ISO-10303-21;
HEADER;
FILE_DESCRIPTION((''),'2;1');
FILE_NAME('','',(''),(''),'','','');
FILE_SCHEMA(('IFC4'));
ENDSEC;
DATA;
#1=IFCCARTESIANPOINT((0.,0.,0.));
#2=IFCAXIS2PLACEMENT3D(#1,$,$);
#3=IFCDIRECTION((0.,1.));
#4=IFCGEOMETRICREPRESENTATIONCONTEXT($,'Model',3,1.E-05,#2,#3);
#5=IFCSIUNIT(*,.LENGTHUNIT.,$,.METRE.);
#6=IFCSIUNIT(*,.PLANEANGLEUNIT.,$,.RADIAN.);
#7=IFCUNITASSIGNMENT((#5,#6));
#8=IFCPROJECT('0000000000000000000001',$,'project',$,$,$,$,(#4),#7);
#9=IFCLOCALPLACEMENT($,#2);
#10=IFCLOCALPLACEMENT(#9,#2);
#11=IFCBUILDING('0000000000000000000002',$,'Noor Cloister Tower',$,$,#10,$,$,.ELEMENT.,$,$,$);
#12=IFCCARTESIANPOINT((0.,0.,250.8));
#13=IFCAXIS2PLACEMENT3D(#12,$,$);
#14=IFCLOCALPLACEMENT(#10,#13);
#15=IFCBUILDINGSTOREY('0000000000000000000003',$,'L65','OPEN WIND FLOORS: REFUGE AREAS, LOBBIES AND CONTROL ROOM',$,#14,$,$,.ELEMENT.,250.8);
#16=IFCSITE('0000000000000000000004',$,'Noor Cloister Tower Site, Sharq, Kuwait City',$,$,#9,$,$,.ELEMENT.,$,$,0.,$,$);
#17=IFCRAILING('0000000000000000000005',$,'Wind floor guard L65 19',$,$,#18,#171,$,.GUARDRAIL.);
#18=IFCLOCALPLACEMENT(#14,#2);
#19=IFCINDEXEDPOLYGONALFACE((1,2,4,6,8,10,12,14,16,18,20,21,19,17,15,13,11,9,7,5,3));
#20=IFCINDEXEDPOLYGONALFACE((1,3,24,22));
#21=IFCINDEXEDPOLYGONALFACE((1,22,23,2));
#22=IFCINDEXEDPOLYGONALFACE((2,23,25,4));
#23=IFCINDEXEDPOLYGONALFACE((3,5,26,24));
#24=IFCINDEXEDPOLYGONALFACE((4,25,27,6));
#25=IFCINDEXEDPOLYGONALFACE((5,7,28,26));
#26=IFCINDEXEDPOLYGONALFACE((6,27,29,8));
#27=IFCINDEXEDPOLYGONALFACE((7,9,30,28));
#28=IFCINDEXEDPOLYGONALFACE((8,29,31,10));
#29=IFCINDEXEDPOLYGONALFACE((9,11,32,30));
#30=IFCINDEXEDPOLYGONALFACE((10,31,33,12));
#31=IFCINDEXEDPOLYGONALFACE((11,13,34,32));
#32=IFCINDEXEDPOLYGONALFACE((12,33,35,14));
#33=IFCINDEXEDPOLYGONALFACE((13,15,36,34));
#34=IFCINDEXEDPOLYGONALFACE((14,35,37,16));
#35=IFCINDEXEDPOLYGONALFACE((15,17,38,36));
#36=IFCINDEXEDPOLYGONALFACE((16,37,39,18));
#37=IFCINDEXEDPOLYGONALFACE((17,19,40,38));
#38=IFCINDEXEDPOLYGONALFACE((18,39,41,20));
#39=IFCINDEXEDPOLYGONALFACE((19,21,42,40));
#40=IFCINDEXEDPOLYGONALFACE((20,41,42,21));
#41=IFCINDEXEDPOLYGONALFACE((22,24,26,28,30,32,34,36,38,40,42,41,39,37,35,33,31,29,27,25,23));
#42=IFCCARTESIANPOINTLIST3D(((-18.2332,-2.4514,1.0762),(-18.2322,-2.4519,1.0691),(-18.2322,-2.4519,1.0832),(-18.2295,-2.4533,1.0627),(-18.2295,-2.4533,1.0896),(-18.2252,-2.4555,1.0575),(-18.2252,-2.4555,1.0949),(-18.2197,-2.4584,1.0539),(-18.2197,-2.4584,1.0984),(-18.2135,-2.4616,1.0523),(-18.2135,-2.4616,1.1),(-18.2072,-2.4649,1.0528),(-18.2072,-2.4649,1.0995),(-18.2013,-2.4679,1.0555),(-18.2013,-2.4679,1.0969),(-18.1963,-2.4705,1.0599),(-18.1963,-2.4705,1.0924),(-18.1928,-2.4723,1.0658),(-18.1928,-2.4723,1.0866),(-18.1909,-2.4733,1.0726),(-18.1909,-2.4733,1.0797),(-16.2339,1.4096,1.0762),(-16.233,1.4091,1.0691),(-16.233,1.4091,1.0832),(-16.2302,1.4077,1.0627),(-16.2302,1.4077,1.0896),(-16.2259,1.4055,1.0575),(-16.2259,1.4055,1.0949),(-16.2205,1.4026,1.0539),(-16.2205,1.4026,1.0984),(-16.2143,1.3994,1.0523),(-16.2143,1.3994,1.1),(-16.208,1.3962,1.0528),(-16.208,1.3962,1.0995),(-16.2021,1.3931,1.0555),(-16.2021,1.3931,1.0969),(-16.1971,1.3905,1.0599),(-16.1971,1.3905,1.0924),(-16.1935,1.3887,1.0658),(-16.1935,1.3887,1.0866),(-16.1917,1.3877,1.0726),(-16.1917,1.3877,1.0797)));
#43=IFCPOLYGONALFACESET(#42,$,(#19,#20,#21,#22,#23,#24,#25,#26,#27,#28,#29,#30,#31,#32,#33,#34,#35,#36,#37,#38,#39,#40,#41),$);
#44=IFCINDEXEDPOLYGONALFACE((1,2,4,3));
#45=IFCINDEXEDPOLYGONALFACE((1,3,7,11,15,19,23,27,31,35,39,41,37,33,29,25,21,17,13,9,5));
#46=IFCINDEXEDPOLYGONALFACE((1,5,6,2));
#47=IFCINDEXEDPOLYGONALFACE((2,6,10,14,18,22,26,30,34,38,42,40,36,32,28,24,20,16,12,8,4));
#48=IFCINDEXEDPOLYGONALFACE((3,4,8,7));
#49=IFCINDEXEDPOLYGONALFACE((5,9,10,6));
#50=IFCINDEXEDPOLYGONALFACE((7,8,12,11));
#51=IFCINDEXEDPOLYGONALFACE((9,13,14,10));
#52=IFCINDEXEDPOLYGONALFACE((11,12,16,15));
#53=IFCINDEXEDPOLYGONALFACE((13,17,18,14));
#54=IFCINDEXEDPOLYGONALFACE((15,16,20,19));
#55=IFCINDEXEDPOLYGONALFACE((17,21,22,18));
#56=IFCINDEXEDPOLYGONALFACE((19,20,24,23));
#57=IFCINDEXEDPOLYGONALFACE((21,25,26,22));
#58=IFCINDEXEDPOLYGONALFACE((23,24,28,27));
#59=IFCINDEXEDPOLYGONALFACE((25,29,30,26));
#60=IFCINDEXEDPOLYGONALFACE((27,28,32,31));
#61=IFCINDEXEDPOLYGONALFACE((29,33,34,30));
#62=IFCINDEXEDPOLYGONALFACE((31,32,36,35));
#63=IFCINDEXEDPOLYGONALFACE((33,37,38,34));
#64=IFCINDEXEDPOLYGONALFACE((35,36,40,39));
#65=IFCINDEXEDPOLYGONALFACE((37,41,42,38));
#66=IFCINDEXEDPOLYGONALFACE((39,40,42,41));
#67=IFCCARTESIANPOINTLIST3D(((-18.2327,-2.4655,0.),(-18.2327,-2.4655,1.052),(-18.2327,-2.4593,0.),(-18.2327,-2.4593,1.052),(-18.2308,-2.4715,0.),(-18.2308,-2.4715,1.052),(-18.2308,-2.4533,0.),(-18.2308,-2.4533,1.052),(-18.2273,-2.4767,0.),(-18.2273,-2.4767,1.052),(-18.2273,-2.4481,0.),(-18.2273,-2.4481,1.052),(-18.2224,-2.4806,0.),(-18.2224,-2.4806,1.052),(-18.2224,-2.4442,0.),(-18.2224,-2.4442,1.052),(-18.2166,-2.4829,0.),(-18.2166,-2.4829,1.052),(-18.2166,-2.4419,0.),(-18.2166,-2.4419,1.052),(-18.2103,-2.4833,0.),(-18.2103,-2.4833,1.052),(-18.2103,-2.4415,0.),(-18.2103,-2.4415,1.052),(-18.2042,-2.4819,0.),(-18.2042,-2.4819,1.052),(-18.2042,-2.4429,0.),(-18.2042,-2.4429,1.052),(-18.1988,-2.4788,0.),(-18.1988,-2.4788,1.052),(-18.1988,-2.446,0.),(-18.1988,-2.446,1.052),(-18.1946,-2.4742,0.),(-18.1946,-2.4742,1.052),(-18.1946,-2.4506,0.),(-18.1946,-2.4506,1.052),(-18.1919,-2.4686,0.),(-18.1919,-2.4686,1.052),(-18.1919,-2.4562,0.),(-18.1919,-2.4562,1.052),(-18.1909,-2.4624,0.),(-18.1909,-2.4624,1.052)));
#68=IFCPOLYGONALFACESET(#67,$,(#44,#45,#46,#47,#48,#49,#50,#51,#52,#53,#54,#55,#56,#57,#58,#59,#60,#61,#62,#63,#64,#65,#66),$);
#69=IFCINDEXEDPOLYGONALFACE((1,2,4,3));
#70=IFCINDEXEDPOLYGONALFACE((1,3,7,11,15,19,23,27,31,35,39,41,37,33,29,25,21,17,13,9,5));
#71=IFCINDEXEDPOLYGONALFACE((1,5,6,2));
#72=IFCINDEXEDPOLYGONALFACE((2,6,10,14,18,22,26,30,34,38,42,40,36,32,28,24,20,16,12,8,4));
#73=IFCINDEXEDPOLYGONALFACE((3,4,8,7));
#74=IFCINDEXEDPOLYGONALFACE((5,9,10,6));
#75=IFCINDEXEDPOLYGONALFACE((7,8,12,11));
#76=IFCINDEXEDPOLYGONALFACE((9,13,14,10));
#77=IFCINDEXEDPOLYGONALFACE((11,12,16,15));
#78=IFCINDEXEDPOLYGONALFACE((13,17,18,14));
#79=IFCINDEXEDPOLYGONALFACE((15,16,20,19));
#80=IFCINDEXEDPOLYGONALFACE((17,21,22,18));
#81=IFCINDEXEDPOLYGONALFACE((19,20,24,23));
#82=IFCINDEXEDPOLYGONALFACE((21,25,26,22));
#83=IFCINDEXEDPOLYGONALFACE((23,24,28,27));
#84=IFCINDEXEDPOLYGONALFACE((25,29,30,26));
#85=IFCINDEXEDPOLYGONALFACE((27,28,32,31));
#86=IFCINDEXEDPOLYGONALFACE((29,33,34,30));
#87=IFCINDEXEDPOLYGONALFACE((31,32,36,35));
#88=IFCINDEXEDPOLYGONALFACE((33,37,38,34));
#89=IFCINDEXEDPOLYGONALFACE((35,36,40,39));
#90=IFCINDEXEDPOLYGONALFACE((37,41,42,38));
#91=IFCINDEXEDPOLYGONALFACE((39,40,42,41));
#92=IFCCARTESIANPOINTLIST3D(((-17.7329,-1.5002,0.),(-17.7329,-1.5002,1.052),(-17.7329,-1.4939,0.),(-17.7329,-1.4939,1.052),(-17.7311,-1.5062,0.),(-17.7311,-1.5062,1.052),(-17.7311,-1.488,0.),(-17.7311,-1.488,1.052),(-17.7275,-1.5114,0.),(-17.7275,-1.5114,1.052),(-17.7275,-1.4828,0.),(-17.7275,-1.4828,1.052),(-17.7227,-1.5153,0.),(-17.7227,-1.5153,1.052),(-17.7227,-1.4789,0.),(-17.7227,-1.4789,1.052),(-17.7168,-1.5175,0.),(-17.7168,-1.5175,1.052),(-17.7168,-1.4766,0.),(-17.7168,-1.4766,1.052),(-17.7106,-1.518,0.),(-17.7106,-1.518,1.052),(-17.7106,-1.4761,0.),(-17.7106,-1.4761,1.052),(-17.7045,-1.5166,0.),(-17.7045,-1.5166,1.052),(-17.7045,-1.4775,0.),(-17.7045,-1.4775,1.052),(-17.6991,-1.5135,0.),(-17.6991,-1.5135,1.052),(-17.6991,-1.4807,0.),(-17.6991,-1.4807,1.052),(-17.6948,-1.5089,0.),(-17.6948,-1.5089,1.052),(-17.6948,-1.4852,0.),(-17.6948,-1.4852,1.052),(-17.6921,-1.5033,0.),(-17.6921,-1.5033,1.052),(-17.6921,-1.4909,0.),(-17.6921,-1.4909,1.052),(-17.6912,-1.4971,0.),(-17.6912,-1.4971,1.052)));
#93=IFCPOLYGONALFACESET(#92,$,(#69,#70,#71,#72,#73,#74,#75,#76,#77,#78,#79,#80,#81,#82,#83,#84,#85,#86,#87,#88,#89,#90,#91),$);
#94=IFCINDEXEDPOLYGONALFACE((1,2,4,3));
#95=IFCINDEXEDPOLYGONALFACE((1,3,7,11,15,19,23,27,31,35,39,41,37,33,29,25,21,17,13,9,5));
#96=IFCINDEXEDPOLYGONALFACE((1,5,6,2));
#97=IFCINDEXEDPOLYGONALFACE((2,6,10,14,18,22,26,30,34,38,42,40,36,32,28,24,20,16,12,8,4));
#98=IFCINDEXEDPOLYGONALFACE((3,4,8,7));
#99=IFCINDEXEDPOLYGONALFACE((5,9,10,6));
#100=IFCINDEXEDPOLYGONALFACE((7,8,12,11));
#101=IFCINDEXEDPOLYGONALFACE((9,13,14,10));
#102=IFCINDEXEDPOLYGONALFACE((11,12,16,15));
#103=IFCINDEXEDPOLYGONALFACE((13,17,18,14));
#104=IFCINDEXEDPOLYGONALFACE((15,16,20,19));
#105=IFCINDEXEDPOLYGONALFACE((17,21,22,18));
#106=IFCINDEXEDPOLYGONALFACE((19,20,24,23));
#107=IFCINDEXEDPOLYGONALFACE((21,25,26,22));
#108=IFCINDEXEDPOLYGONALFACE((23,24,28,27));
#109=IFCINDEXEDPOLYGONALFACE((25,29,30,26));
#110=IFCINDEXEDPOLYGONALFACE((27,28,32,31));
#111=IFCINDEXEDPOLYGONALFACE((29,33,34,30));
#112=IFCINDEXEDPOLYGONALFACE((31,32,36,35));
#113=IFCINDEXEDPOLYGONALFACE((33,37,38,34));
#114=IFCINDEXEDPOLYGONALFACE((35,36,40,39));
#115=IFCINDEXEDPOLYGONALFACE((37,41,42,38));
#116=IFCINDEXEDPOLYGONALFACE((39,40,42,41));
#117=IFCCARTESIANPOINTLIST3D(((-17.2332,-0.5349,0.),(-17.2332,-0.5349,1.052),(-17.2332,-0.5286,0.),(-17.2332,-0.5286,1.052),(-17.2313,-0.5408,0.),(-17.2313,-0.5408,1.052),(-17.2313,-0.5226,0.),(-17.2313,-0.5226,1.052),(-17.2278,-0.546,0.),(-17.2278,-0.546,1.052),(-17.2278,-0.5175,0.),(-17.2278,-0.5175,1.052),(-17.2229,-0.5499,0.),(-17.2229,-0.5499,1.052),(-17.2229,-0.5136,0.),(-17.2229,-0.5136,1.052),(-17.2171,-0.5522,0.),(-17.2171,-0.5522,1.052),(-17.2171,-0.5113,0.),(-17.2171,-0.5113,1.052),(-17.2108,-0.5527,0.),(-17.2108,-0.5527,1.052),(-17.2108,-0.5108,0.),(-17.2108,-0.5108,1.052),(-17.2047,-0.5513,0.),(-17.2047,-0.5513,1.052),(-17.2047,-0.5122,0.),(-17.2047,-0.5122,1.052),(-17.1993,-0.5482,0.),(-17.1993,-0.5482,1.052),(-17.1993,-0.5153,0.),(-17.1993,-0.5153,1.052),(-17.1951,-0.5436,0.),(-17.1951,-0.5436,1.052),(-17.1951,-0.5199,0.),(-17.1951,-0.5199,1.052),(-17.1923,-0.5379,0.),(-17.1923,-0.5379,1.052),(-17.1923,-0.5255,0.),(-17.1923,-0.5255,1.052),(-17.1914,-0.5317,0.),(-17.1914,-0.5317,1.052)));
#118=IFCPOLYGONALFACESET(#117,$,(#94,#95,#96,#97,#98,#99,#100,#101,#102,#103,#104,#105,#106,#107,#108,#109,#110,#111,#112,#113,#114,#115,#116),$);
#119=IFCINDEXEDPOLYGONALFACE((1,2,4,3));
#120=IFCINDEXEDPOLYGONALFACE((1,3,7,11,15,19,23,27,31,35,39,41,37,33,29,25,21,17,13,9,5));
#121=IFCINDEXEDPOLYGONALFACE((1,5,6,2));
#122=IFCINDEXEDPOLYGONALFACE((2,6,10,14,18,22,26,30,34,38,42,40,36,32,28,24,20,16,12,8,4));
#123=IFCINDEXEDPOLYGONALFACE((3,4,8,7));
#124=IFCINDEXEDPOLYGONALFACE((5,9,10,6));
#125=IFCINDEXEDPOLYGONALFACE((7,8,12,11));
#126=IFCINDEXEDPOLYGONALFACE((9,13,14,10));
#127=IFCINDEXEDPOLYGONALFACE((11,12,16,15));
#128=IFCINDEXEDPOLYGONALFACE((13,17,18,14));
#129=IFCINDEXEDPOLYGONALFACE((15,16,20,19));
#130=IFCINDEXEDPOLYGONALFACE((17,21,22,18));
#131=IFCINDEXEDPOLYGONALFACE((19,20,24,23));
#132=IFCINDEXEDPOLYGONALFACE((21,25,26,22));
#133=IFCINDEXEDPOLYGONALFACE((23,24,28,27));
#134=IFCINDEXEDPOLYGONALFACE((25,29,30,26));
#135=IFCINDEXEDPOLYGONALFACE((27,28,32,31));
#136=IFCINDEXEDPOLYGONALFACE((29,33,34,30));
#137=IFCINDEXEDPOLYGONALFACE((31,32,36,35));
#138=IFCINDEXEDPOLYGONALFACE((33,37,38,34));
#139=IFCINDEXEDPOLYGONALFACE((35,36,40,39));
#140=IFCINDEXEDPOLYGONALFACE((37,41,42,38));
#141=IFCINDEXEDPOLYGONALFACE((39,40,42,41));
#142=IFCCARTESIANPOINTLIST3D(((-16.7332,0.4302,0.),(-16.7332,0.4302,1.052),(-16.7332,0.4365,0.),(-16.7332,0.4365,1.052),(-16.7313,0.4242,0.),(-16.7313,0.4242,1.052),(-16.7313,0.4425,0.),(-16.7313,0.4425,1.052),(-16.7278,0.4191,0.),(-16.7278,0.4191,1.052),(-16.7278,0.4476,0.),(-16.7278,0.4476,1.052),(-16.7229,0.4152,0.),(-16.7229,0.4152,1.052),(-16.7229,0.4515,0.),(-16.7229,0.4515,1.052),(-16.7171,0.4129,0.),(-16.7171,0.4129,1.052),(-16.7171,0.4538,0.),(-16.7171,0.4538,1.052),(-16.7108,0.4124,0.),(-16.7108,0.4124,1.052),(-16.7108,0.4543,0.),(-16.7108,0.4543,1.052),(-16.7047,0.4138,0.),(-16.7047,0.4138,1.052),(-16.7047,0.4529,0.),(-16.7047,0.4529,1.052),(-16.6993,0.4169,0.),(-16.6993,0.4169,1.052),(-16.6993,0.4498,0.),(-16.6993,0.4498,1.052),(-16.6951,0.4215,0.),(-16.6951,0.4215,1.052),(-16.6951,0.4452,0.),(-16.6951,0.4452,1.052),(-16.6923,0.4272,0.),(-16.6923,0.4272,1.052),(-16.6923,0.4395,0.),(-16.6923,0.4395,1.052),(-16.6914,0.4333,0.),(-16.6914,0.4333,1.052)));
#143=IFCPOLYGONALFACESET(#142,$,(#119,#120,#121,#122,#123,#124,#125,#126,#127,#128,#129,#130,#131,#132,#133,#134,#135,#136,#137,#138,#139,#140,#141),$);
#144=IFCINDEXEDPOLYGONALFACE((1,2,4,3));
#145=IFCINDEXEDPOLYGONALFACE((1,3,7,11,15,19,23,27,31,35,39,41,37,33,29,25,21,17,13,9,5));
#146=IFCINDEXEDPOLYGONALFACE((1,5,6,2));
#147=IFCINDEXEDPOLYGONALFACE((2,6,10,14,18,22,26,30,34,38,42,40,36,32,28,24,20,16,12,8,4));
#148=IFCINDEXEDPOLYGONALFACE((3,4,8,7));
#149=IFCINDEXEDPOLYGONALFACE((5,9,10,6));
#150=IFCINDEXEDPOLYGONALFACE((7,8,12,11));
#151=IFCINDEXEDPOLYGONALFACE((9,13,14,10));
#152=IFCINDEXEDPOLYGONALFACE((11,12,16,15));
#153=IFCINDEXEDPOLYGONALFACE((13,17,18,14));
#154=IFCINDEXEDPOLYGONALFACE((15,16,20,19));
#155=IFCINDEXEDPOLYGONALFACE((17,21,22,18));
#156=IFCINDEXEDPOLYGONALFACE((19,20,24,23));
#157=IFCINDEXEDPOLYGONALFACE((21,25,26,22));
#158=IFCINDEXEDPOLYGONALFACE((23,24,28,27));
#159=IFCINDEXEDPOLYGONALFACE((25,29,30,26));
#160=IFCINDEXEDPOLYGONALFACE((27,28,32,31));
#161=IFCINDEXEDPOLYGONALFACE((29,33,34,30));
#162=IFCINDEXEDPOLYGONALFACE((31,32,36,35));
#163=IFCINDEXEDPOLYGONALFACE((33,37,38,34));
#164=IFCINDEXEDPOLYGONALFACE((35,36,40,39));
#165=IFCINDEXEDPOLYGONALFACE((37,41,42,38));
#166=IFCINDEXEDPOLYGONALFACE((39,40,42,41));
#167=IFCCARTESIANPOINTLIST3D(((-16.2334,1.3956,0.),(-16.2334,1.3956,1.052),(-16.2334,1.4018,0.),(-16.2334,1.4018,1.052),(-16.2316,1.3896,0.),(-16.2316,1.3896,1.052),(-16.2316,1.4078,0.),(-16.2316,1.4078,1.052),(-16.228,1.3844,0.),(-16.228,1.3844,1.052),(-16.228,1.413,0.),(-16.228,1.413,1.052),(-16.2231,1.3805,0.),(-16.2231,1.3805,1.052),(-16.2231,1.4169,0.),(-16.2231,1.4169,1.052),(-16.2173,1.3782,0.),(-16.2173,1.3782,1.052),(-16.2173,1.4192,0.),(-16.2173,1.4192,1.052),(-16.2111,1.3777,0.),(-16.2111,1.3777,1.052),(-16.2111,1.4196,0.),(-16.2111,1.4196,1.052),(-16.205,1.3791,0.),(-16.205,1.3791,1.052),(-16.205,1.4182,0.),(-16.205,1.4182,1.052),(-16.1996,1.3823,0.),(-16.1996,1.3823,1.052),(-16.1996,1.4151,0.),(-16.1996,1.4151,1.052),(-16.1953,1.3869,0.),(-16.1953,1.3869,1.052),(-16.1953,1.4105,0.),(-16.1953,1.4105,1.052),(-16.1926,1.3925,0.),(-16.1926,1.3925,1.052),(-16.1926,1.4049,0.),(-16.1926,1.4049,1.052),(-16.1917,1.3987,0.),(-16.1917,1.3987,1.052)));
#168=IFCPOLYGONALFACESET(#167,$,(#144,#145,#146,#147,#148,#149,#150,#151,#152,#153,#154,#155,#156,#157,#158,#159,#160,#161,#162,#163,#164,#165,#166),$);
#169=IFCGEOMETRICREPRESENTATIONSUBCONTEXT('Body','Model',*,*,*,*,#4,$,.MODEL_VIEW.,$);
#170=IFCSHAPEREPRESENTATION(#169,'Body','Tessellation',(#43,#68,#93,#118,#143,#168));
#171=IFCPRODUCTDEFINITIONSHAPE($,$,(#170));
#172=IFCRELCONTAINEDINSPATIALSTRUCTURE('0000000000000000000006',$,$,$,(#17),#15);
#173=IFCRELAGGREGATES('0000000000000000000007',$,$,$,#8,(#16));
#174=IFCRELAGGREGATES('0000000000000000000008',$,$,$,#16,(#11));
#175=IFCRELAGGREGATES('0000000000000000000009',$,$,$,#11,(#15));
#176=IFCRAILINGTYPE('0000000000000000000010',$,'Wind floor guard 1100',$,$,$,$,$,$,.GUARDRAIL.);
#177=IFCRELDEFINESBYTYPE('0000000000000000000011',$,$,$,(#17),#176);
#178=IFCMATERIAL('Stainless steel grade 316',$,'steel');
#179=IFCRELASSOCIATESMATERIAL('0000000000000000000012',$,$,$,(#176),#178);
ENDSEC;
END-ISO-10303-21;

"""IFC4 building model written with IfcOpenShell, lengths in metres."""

from ifc_helpers import new_model, si_unit, direction, frame, origin, origin_2d, place, context, subcontext, project, spatial, circle, extrude, material, type_object, element, save


model = new_model("IFC4")

# Units and contexts
model_context = context("Model", 3, precision=1e-05, world=origin(), true_north=direction((0.0, 1.0)))
body_context = subcontext(model_context, "Body", "Model", "MODEL_VIEW")
ifc_project = project(units=[si_unit("LENGTHUNIT", "METRE"), si_unit("PLANEANGLEUNIT", "RADIAN")], contexts=[model_context])

# Site, building, storey
site_placement = place(None, origin())
site = spatial("IfcSite", under=ifc_project, at=site_placement, Name="Noor Cloister Tower Site, Sharq, Kuwait City", CompositionType="ELEMENT", RefElevation=0.0)
building_placement = place(site_placement, origin())
building = spatial("IfcBuilding", under=site, at=building_placement, Name="Noor Cloister Tower", CompositionType="ELEMENT")
storey_placement = place(building_placement, frame((0.0, 0.0, 250.8)))
storey = spatial("IfcBuildingStorey", under=building, at=storey_placement, Name="L65", Description="OPEN WIND FLOORS: REFUGE AREAS, LOBBIES AND CONTROL ROOM", CompositionType="ELEMENT", Elevation=250.8)

# Railing
ifc_material_1 = material(Name="Stainless steel grade 316", Category="steel")
railing_type_1 = type_object("IfcRailingType", Name="Wind floor guard 1100", PredefinedType="GUARDRAIL", material=ifc_material_1)
railing_1_placement = place(storey_placement, frame((-18.2119, -2.4624, 0.0)))
element("IfcRailing", 1, at=railing_1_placement, inside=storey, type_object=railing_type_1, Name="Wind floor guard L65 19", PredefinedType="GUARDRAIL", context=body_context, shape_type="SweptSolid", body=[
    extrude(circle(Radius=0.0239, at=origin_2d()), frame((0.0, 0.0, 1.0762), z_axis=(0.459814, 0.888015, 0.0), x_axis=(-0.888015, 0.459814, 0.0)), (0.0, 0.0, 1.0), 4.3479),
    extrude(circle(Radius=0.021, at=origin_2d()), origin(), (0.0, 0.0, 1.0), 1.052),
    extrude(circle(Radius=0.021, at=origin_2d()), frame((0.4998, 0.9653, 0.0)), (0.0, 0.0, 1.0), 1.052),
    extrude(circle(Radius=0.021, at=origin_2d()), frame((0.9995, 1.9307, 0.0)), (0.0, 0.0, 1.0), 1.052),
    extrude(circle(Radius=0.021, at=origin_2d()), frame((1.4995, 2.8958, 0.0)), (0.0, 0.0, 1.0), 1.052),
    extrude(circle(Radius=0.021, at=origin_2d()), frame((1.9993, 3.8611, 0.0)), (0.0, 0.0, 1.0), 1.052),
])

save(model, "model.ifc")
